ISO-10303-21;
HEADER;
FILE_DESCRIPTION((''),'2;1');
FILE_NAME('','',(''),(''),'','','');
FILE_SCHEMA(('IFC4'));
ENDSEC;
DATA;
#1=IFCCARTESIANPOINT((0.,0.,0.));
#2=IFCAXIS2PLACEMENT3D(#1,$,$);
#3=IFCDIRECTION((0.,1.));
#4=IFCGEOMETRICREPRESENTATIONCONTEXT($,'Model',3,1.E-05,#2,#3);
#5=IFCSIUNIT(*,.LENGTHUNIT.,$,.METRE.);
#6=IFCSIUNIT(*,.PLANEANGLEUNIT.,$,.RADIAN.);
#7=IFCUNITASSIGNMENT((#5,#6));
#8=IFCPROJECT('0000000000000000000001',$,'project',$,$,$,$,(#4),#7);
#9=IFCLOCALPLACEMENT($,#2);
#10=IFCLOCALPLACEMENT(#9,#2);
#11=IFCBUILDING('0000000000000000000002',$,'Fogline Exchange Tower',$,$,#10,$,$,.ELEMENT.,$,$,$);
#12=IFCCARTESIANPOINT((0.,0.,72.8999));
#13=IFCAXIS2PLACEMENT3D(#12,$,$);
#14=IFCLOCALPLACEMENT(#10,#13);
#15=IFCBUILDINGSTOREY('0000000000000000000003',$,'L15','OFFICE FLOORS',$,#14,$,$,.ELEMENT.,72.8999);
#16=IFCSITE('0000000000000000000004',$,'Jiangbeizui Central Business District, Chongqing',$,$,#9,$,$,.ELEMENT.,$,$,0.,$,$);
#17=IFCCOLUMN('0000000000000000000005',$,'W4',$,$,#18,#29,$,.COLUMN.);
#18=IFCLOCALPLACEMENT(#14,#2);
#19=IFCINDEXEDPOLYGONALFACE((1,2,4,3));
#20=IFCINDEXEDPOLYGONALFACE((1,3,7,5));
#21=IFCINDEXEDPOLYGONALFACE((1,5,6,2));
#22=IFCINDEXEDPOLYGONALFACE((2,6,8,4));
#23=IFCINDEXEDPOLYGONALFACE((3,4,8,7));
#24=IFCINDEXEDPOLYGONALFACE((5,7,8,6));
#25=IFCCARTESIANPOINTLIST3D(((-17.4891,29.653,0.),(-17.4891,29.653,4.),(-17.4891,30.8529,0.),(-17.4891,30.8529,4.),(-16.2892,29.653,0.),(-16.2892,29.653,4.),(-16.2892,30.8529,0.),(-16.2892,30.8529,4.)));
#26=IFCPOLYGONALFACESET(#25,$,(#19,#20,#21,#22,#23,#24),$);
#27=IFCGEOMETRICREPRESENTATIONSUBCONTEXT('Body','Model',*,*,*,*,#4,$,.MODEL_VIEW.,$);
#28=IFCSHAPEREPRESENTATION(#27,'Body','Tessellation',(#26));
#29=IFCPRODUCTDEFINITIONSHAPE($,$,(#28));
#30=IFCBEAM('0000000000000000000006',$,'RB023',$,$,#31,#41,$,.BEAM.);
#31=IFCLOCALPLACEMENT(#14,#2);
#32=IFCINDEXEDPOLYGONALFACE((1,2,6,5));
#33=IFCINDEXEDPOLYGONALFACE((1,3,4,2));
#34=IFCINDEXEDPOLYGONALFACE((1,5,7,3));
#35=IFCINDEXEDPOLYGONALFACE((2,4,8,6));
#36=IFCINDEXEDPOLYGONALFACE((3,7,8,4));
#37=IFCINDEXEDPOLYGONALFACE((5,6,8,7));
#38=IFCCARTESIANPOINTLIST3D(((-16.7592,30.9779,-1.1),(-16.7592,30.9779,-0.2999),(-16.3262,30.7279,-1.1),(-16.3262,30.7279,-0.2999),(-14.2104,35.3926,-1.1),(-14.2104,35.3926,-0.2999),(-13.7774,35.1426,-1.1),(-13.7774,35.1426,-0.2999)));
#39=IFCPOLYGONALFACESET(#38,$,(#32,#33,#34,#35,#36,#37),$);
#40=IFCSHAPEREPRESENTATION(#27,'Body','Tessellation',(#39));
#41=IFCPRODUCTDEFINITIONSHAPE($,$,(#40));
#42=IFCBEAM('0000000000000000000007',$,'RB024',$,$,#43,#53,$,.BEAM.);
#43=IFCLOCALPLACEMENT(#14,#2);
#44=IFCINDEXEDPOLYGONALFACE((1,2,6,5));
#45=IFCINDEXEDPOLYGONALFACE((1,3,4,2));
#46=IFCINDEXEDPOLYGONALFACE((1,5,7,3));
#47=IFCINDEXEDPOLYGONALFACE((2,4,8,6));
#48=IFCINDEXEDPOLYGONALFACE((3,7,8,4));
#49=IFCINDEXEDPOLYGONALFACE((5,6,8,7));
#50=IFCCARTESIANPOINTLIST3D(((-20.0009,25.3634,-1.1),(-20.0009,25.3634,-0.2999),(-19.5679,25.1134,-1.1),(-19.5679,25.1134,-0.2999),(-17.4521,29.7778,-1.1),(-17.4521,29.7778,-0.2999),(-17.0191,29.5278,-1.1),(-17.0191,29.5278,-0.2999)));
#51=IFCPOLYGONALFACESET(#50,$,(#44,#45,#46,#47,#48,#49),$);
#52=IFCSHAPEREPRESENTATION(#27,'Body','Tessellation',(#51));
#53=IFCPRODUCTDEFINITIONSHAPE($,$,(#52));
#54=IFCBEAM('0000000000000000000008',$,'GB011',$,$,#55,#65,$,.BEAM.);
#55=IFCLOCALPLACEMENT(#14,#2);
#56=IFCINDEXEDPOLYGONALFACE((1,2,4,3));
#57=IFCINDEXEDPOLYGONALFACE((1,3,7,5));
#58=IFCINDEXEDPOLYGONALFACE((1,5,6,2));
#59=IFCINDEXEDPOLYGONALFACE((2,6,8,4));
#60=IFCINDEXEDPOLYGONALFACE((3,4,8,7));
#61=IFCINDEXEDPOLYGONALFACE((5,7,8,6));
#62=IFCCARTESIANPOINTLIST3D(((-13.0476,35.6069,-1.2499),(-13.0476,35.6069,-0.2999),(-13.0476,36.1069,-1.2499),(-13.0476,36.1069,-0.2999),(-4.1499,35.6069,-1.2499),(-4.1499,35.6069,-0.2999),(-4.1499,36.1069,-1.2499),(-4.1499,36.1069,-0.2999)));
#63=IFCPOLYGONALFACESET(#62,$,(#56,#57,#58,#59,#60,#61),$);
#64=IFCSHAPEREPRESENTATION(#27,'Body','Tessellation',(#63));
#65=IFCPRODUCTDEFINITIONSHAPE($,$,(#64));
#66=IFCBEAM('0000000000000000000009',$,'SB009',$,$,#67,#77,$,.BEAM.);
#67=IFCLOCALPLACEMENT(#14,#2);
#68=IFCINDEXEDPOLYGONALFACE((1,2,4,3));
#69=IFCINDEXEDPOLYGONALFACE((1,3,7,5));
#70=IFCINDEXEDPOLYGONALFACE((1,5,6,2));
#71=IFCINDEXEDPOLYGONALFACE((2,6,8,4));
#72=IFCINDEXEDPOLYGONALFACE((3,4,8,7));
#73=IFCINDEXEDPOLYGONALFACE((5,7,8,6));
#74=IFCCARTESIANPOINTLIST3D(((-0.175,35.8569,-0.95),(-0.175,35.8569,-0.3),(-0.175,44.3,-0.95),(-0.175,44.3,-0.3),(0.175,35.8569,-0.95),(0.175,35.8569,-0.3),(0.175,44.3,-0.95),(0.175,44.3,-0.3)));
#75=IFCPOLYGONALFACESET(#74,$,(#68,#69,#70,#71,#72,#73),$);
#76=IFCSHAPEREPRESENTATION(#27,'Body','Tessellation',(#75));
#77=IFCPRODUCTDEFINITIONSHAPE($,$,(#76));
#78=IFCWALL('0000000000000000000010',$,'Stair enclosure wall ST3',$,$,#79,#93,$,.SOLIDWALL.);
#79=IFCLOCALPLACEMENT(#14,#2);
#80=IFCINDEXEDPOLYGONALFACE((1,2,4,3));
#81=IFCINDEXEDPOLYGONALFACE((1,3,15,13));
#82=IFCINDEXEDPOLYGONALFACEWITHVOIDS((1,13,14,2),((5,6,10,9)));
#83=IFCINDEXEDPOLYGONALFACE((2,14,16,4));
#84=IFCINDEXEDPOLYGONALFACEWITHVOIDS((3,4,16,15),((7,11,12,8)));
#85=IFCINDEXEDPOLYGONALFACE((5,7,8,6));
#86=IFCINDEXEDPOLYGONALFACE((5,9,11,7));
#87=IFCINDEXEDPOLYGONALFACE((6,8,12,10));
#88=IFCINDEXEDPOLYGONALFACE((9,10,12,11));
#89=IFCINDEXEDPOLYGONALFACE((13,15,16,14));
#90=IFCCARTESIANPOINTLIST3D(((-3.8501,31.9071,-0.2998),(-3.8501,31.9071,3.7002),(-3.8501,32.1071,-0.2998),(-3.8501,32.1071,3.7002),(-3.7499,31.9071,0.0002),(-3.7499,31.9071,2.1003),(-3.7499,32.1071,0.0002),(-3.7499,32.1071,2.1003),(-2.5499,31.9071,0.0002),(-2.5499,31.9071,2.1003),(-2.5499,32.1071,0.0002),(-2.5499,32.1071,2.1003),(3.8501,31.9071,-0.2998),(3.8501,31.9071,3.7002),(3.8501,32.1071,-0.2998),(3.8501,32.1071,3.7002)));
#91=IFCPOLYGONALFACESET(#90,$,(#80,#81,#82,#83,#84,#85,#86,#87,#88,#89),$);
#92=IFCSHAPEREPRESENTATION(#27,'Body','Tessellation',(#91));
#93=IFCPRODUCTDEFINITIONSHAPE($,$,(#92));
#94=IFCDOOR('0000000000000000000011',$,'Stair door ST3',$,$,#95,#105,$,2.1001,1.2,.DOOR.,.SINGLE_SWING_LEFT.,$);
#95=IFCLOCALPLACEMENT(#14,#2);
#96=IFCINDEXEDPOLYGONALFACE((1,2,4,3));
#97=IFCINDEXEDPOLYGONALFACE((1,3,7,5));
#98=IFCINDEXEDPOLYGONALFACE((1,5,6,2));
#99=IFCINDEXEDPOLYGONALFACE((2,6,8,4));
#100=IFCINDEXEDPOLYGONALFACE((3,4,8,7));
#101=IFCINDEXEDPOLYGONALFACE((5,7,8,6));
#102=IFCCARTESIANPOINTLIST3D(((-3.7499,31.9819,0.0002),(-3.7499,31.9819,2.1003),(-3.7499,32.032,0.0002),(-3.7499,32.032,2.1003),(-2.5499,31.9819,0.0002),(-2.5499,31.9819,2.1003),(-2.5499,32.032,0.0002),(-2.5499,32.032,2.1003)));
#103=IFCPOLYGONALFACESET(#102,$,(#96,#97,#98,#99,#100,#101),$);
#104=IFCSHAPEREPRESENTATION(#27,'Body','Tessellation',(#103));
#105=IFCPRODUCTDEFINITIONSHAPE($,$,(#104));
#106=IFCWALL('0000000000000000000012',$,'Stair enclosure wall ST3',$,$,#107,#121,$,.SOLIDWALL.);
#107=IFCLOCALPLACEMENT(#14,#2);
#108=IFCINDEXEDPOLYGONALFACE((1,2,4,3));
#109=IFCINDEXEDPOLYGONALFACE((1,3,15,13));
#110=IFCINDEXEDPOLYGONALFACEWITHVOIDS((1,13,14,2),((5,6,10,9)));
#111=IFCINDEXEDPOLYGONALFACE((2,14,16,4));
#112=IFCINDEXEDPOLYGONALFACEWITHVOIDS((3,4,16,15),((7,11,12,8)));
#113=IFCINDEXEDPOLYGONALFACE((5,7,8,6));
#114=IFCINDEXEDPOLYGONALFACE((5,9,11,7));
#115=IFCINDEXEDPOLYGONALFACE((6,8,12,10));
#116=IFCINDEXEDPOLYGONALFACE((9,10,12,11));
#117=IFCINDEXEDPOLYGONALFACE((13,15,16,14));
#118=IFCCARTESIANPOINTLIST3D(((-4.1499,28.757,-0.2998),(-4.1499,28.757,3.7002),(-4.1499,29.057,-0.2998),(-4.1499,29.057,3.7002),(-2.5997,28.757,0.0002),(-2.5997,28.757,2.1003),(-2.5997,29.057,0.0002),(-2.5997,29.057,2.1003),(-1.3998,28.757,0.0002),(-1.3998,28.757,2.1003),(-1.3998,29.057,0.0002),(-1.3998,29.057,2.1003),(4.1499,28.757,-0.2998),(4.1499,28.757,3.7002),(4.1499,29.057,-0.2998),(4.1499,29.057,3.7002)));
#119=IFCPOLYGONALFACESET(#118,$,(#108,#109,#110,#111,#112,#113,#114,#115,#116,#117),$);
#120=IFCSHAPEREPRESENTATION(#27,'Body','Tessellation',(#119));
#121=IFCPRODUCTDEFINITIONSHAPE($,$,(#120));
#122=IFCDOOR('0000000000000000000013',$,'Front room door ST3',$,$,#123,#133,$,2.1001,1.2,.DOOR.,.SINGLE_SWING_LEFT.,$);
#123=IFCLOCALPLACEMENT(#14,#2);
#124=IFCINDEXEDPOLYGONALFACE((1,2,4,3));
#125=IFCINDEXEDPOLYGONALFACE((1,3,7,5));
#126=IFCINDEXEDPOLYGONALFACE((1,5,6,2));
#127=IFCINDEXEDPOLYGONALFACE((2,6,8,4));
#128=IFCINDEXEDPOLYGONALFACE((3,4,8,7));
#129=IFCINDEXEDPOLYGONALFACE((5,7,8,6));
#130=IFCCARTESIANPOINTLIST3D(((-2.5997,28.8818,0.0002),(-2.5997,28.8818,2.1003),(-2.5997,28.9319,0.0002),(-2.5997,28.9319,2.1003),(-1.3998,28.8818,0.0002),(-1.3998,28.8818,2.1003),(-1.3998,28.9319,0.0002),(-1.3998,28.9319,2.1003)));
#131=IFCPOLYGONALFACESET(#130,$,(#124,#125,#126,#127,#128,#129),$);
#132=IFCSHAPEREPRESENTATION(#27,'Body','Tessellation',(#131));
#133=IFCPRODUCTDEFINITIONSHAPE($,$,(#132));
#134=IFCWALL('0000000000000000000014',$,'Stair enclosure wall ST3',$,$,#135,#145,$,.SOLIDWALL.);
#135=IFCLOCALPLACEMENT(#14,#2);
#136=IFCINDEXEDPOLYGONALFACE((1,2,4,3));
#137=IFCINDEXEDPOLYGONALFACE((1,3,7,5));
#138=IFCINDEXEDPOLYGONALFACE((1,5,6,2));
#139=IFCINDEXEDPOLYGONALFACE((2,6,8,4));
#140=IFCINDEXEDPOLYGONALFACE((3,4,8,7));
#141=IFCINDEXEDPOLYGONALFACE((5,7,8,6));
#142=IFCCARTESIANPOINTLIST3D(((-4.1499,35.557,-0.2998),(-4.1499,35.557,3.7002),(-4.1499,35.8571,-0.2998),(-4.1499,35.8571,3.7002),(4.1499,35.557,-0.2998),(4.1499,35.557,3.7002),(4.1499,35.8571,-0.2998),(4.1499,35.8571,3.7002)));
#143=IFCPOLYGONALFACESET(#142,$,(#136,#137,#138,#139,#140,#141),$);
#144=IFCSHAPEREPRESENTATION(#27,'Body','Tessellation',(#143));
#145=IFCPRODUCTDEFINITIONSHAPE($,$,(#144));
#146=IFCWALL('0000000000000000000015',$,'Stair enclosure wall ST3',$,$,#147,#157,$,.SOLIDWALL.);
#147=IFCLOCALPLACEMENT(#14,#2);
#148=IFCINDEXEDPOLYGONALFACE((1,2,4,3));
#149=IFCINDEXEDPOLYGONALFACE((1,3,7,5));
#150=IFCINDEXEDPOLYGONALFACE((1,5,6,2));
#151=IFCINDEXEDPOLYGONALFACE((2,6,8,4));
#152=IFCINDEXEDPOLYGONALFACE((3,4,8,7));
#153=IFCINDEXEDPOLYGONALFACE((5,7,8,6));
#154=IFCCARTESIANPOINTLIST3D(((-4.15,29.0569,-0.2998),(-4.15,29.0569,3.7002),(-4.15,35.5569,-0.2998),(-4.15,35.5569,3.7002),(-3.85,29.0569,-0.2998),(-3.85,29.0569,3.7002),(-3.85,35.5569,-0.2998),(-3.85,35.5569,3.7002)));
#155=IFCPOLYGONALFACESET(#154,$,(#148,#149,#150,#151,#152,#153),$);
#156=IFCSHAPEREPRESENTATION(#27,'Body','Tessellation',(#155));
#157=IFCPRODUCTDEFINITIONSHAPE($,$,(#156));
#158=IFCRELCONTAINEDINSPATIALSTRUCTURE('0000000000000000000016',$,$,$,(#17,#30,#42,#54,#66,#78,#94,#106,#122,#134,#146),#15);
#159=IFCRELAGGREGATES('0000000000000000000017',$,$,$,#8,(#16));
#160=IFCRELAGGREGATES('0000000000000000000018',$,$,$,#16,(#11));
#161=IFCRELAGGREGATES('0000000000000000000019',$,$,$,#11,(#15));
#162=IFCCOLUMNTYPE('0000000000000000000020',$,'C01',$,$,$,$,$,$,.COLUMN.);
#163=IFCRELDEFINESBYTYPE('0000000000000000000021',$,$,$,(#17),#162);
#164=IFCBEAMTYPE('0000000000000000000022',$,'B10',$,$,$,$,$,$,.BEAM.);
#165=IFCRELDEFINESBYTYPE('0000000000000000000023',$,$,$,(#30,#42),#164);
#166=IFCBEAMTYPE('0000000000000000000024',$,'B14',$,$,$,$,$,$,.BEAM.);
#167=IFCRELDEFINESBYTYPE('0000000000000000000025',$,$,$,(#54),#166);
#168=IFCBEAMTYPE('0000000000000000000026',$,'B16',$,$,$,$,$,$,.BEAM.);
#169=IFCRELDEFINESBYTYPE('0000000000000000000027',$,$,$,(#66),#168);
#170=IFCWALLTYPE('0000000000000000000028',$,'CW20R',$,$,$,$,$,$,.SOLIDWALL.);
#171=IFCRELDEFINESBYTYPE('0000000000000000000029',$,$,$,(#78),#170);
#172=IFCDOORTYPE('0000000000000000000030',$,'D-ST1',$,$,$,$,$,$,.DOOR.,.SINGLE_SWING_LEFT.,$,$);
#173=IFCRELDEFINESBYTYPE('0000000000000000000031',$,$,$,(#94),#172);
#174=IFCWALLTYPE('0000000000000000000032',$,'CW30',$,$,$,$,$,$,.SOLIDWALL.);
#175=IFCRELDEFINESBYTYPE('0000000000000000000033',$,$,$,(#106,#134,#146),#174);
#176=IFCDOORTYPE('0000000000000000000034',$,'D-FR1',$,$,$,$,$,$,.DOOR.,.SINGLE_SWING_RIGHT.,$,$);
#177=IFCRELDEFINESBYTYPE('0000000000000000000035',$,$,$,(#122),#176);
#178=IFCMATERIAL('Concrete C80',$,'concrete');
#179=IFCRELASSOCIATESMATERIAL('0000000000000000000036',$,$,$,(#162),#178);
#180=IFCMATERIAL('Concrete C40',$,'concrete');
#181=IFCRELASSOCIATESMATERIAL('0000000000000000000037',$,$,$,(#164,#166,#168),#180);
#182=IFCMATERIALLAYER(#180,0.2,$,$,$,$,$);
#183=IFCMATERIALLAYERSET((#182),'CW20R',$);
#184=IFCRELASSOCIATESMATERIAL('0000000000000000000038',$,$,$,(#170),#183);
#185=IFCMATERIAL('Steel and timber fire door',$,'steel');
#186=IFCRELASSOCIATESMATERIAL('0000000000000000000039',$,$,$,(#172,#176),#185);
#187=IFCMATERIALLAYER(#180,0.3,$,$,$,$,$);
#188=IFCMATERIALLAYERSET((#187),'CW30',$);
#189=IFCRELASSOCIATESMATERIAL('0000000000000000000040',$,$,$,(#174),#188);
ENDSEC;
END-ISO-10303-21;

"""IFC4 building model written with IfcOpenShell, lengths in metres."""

from ifc_helpers import new_model, si_unit, direction, frame, frame_2d, origin, origin_2d, place, context, subcontext, project, spatial, rectangle, extrude, material, layer, layer_set, material_profile, profile_set, type_object, element, fill, save


model = new_model("IFC4")

# Units and contexts
model_context = context("Model", 3, precision=1e-05, world=origin(), true_north=direction((0.0, 1.0)))
body_context = subcontext(model_context, "Body", "Model", "MODEL_VIEW")
ifc_project = project(units=[si_unit("LENGTHUNIT", "METRE"), si_unit("PLANEANGLEUNIT", "RADIAN")], contexts=[model_context])

# Site, building, storey
site_placement = place(None, origin())
site = spatial("IfcSite", under=ifc_project, at=site_placement, Name="Jiangbeizui Central Business District, Chongqing", CompositionType="ELEMENT", RefElevation=0.0)
building_placement = place(site_placement, origin())
building = spatial("IfcBuilding", under=site, at=building_placement, Name="Fogline Exchange Tower", CompositionType="ELEMENT")
storey_placement = place(building_placement, frame((0.0, 0.0, 72.8999)))
storey = spatial("IfcBuildingStorey", under=building, at=storey_placement, Name="L15", Description="OFFICE FLOORS", CompositionType="ELEMENT", Elevation=72.8999)

# Column
ifc_material_1 = material(Name="Concrete C80", Category="concrete")
ifc_material_profile_1 = material_profile(ifc_material_1, rectangle(XDim=1.2, YDim=1.2, at=origin_2d()), Name="RC 1200x1200")
ifc_profile_set_1 = profile_set([ifc_material_profile_1], Name="Concrete C80")
column_type = type_object("IfcColumnType", Name="C01", PredefinedType="COLUMN", material=ifc_profile_set_1)
column_placement = place(storey_placement, frame((-16.8892, 30.2529, 0.0), z_axis=(0.0, 0.0, 1.0), x_axis=(1.0, 0.0, 0.0)))
element("IfcColumn", 1, at=column_placement, inside=storey, type_object=column_type, Name="W4", PredefinedType="COLUMN", context=body_context, shape_type="SweptSolid", body=[
    extrude(rectangle(XDim=1.2, YDim=1.2, at=origin_2d()), origin(), (0.0, 0.0, 1.0), 4.0),
])

# Beams
ifc_material_2 = material(Name="Concrete C40", Category="concrete")
ifc_material_profile_2 = material_profile(ifc_material_2, rectangle(XDim=0.5, YDim=0.8, at=origin_2d()), Name="RC 500x800")
ifc_profile_set_2 = profile_set([ifc_material_profile_2], Name="Concrete C40")
beam_type_1 = type_object("IfcBeamType", Name="B10", PredefinedType="BEAM", material=ifc_profile_set_2)
beam_1_placement = place(storey_placement, frame((-13.9939, 35.2676, -0.7), z_axis=(-0.499992, -0.86603, 0.0), x_axis=(0.86603, -0.499992, 0.0)))
element("IfcBeam", 2, at=beam_1_placement, inside=storey, type_object=beam_type_1, Name="RB023", PredefinedType="BEAM", context=body_context, shape_type="SweptSolid", body=[
    extrude(rectangle(XDim=0.5, YDim=0.8, at=origin_2d()), origin(), (0.0, 0.0, 1.0), 5.0977),
])
beam_2_placement = place(storey_placement, frame((-17.2356, 29.6528, -0.7), z_axis=(-0.500013, -0.866018, 0.0), x_axis=(0.866018, -0.500013, 0.0)))
element("IfcBeam", 3, at=beam_2_placement, inside=storey, type_object=beam_type_1, Name="RB024", PredefinedType="BEAM", context=body_context, shape_type="SweptSolid", body=[
    extrude(rectangle(XDim=0.5, YDim=0.8, at=origin_2d()), origin(), (0.0, 0.0, 1.0), 5.0974),
])
ifc_material_profile_3 = material_profile(ifc_material_2, rectangle(XDim=0.5, YDim=0.95, at=origin_2d()), Name="RC 500x950")
ifc_profile_set_3 = profile_set([ifc_material_profile_3], Name="Concrete C40")
beam_type_2 = type_object("IfcBeamType", Name="B14", PredefinedType="BEAM", material=ifc_profile_set_3)
beam_3_placement = place(storey_placement, frame((-13.0476, 35.8569, -0.7749), z_axis=(1.0, 0.0, 0.0), x_axis=(0.0, 1.0, 0.0)))
element("IfcBeam", 4, at=beam_3_placement, inside=storey, type_object=beam_type_2, Name="GB011", PredefinedType="BEAM", context=body_context, shape_type="SweptSolid", body=[
    extrude(rectangle(XDim=0.5, YDim=0.95, at=origin_2d()), origin(), (0.0, 0.0, 1.0), 8.8977),
])
ifc_material_profile_4 = material_profile(ifc_material_2, rectangle(XDim=0.3501, YDim=0.6499, at=origin_2d()), Name="RC 350x650")
ifc_profile_set_4 = profile_set([ifc_material_profile_4], Name="Concrete C40")
beam_type_3 = type_object("IfcBeamType", Name="B16", PredefinedType="BEAM", material=ifc_profile_set_4)
beam_4_placement = place(storey_placement, frame((0.0, 35.8569, -0.625), z_axis=(0.0, 1.0, 0.0), x_axis=(-1.0, 0.0, 0.0)))
element("IfcBeam", 5, at=beam_4_placement, inside=storey, type_object=beam_type_3, Name="SB009", PredefinedType="BEAM", context=body_context, shape_type="SweptSolid", body=[
    extrude(rectangle(XDim=0.3501, YDim=0.6499, at=origin_2d()), origin(), (0.0, 0.0, 1.0), 8.4431),
])

# Walls, openings, doors
ifc_layer_1 = layer(ifc_material_2, 0.2)
ifc_layer_set_1 = layer_set([ifc_layer_1], Name="CW20R")
wall_type_1 = type_object("IfcWallType", Name="CW20R", PredefinedType="SOLIDWALL", material=ifc_layer_set_1)
wall_1_placement = place(storey_placement, frame((-3.8501, 32.0071, -0.2998), z_axis=(0.0, 0.0, 1.0), x_axis=(1.0, 0.0, 0.0)))
wall_1 = element("IfcWall", 6, at=wall_1_placement, inside=storey, type_object=wall_type_1, Name="Stair enclosure wall ST3", PredefinedType="SOLIDWALL", context=body_context, shape_type="SweptSolid", body=[
    extrude(rectangle(XDim=7.7002, YDim=0.2, at=frame_2d((3.8501, 0.0))), origin(), (0.0, 0.0, 1.0), 4.0),
])
opening_1_placement = place(wall_1_placement, frame((0.1001, 0.0, 0.3)))
opening_1 = element("IfcOpeningElement", 7, at=opening_1_placement, cuts=wall_1, PredefinedType="OPENING", context=body_context, shape_type="SweptSolid", body=[
    extrude(rectangle(XDim=1.2, YDim=2.1001, at=frame_2d((0.6001, 1.05))), frame((0.0, 0.1099, 0.0), z_axis=(0.0, -1.0, 0.0), x_axis=(1.0, 0.0, 0.0)), (0.0, 0.0, 1.0), 0.22),
])
ifc_material_3 = material(Name="Steel and timber fire door", Category="steel")
door_type_1 = type_object("IfcDoorType", Name="D-ST1", OperationType="SINGLE_SWING_LEFT", PredefinedType="DOOR", material=ifc_material_3)
door_1_placement = place(opening_1_placement, origin())
door_1 = element("IfcDoor", 8, at=door_1_placement, inside=storey, type_object=door_type_1, Name="Stair door ST3", OperationType="SINGLE_SWING_LEFT", OverallHeight=2.1001, OverallWidth=1.2, PredefinedType="DOOR", context=body_context, shape_type="SweptSolid", body=[
    extrude(rectangle(XDim=1.2, YDim=2.1001, at=frame_2d((0.6001, 1.05))), frame((0.0, 0.0249, 0.0), z_axis=(0.0, -1.0, 0.0), x_axis=(1.0, 0.0, 0.0)), (0.0, 0.0, 1.0), 0.05),
])
fill(opening_1, door_1)
ifc_layer_2 = layer(ifc_material_2, 0.3)
ifc_layer_set_2 = layer_set([ifc_layer_2], Name="CW30")
wall_type_2 = type_object("IfcWallType", Name="CW30", PredefinedType="SOLIDWALL", material=ifc_layer_set_2)
wall_2_placement = place(storey_placement, frame((-4.1499, 28.907, -0.2998), z_axis=(0.0, 0.0, 1.0), x_axis=(1.0, 0.0, 0.0)))
wall_2 = element("IfcWall", 9, at=wall_2_placement, inside=storey, type_object=wall_type_2, Name="Stair enclosure wall ST3", PredefinedType="SOLIDWALL", context=body_context, shape_type="SweptSolid", body=[
    extrude(rectangle(XDim=8.2998, YDim=0.3, at=frame_2d((4.1499, 0.0))), origin(), (0.0, 0.0, 1.0), 4.0),
])
opening_2_placement = place(wall_2_placement, frame((1.55, 0.0, 0.3)))
opening_2 = element("IfcOpeningElement", 10, at=opening_2_placement, cuts=wall_2, PredefinedType="OPENING", context=body_context, shape_type="SweptSolid", body=[
    extrude(rectangle(XDim=1.2, YDim=2.1001, at=frame_2d((0.6001, 1.05))), frame((0.0, 0.1602, 0.0), z_axis=(0.0, -1.0, 0.0), x_axis=(1.0, 0.0, 0.0)), (0.0, 0.0, 1.0), 0.3201),
])
door_type_2 = type_object("IfcDoorType", Name="D-FR1", OperationType="SINGLE_SWING_RIGHT", PredefinedType="DOOR", material=ifc_material_3)
door_2_placement = place(opening_2_placement, origin())
door_2 = element("IfcDoor", 11, at=door_2_placement, inside=storey, type_object=door_type_2, Name="Front room door ST3", OperationType="SINGLE_SWING_LEFT", OverallHeight=2.1001, OverallWidth=1.2, PredefinedType="DOOR", context=body_context, shape_type="SweptSolid", body=[
    extrude(rectangle(XDim=1.2, YDim=2.1001, at=frame_2d((0.6001, 1.05))), frame((0.0, 0.0249, 0.0), z_axis=(0.0, -1.0, 0.0), x_axis=(1.0, 0.0, 0.0)), (0.0, 0.0, 1.0), 0.05),
])
fill(opening_2, door_2)

# Walls
wall_3_placement = place(storey_placement, frame((-4.1499, 35.707, -0.2998), z_axis=(0.0, 0.0, 1.0), x_axis=(1.0, 0.0, 0.0)))
element("IfcWall", 12, at=wall_3_placement, inside=storey, type_object=wall_type_2, Name="Stair enclosure wall ST3", PredefinedType="SOLIDWALL", context=body_context, shape_type="SweptSolid", body=[
    extrude(rectangle(XDim=8.2998, YDim=0.3, at=frame_2d((4.1499, 0.0))), origin(), (0.0, 0.0, 1.0), 4.0),
])
wall_4_placement = place(storey_placement, frame((-4.0, 29.0569, -0.2998), z_axis=(0.0, 0.0, 1.0), x_axis=(0.0, 1.0, 0.0)))
element("IfcWall", 13, at=wall_4_placement, inside=storey, type_object=wall_type_2, Name="Stair enclosure wall ST3", PredefinedType="SOLIDWALL", context=body_context, shape_type="SweptSolid", body=[
    extrude(rectangle(XDim=6.5, YDim=0.3, at=frame_2d((3.25, 0.0))), origin(), (0.0, 0.0, 1.0), 4.0),
])

save(model, "model.ifc")
